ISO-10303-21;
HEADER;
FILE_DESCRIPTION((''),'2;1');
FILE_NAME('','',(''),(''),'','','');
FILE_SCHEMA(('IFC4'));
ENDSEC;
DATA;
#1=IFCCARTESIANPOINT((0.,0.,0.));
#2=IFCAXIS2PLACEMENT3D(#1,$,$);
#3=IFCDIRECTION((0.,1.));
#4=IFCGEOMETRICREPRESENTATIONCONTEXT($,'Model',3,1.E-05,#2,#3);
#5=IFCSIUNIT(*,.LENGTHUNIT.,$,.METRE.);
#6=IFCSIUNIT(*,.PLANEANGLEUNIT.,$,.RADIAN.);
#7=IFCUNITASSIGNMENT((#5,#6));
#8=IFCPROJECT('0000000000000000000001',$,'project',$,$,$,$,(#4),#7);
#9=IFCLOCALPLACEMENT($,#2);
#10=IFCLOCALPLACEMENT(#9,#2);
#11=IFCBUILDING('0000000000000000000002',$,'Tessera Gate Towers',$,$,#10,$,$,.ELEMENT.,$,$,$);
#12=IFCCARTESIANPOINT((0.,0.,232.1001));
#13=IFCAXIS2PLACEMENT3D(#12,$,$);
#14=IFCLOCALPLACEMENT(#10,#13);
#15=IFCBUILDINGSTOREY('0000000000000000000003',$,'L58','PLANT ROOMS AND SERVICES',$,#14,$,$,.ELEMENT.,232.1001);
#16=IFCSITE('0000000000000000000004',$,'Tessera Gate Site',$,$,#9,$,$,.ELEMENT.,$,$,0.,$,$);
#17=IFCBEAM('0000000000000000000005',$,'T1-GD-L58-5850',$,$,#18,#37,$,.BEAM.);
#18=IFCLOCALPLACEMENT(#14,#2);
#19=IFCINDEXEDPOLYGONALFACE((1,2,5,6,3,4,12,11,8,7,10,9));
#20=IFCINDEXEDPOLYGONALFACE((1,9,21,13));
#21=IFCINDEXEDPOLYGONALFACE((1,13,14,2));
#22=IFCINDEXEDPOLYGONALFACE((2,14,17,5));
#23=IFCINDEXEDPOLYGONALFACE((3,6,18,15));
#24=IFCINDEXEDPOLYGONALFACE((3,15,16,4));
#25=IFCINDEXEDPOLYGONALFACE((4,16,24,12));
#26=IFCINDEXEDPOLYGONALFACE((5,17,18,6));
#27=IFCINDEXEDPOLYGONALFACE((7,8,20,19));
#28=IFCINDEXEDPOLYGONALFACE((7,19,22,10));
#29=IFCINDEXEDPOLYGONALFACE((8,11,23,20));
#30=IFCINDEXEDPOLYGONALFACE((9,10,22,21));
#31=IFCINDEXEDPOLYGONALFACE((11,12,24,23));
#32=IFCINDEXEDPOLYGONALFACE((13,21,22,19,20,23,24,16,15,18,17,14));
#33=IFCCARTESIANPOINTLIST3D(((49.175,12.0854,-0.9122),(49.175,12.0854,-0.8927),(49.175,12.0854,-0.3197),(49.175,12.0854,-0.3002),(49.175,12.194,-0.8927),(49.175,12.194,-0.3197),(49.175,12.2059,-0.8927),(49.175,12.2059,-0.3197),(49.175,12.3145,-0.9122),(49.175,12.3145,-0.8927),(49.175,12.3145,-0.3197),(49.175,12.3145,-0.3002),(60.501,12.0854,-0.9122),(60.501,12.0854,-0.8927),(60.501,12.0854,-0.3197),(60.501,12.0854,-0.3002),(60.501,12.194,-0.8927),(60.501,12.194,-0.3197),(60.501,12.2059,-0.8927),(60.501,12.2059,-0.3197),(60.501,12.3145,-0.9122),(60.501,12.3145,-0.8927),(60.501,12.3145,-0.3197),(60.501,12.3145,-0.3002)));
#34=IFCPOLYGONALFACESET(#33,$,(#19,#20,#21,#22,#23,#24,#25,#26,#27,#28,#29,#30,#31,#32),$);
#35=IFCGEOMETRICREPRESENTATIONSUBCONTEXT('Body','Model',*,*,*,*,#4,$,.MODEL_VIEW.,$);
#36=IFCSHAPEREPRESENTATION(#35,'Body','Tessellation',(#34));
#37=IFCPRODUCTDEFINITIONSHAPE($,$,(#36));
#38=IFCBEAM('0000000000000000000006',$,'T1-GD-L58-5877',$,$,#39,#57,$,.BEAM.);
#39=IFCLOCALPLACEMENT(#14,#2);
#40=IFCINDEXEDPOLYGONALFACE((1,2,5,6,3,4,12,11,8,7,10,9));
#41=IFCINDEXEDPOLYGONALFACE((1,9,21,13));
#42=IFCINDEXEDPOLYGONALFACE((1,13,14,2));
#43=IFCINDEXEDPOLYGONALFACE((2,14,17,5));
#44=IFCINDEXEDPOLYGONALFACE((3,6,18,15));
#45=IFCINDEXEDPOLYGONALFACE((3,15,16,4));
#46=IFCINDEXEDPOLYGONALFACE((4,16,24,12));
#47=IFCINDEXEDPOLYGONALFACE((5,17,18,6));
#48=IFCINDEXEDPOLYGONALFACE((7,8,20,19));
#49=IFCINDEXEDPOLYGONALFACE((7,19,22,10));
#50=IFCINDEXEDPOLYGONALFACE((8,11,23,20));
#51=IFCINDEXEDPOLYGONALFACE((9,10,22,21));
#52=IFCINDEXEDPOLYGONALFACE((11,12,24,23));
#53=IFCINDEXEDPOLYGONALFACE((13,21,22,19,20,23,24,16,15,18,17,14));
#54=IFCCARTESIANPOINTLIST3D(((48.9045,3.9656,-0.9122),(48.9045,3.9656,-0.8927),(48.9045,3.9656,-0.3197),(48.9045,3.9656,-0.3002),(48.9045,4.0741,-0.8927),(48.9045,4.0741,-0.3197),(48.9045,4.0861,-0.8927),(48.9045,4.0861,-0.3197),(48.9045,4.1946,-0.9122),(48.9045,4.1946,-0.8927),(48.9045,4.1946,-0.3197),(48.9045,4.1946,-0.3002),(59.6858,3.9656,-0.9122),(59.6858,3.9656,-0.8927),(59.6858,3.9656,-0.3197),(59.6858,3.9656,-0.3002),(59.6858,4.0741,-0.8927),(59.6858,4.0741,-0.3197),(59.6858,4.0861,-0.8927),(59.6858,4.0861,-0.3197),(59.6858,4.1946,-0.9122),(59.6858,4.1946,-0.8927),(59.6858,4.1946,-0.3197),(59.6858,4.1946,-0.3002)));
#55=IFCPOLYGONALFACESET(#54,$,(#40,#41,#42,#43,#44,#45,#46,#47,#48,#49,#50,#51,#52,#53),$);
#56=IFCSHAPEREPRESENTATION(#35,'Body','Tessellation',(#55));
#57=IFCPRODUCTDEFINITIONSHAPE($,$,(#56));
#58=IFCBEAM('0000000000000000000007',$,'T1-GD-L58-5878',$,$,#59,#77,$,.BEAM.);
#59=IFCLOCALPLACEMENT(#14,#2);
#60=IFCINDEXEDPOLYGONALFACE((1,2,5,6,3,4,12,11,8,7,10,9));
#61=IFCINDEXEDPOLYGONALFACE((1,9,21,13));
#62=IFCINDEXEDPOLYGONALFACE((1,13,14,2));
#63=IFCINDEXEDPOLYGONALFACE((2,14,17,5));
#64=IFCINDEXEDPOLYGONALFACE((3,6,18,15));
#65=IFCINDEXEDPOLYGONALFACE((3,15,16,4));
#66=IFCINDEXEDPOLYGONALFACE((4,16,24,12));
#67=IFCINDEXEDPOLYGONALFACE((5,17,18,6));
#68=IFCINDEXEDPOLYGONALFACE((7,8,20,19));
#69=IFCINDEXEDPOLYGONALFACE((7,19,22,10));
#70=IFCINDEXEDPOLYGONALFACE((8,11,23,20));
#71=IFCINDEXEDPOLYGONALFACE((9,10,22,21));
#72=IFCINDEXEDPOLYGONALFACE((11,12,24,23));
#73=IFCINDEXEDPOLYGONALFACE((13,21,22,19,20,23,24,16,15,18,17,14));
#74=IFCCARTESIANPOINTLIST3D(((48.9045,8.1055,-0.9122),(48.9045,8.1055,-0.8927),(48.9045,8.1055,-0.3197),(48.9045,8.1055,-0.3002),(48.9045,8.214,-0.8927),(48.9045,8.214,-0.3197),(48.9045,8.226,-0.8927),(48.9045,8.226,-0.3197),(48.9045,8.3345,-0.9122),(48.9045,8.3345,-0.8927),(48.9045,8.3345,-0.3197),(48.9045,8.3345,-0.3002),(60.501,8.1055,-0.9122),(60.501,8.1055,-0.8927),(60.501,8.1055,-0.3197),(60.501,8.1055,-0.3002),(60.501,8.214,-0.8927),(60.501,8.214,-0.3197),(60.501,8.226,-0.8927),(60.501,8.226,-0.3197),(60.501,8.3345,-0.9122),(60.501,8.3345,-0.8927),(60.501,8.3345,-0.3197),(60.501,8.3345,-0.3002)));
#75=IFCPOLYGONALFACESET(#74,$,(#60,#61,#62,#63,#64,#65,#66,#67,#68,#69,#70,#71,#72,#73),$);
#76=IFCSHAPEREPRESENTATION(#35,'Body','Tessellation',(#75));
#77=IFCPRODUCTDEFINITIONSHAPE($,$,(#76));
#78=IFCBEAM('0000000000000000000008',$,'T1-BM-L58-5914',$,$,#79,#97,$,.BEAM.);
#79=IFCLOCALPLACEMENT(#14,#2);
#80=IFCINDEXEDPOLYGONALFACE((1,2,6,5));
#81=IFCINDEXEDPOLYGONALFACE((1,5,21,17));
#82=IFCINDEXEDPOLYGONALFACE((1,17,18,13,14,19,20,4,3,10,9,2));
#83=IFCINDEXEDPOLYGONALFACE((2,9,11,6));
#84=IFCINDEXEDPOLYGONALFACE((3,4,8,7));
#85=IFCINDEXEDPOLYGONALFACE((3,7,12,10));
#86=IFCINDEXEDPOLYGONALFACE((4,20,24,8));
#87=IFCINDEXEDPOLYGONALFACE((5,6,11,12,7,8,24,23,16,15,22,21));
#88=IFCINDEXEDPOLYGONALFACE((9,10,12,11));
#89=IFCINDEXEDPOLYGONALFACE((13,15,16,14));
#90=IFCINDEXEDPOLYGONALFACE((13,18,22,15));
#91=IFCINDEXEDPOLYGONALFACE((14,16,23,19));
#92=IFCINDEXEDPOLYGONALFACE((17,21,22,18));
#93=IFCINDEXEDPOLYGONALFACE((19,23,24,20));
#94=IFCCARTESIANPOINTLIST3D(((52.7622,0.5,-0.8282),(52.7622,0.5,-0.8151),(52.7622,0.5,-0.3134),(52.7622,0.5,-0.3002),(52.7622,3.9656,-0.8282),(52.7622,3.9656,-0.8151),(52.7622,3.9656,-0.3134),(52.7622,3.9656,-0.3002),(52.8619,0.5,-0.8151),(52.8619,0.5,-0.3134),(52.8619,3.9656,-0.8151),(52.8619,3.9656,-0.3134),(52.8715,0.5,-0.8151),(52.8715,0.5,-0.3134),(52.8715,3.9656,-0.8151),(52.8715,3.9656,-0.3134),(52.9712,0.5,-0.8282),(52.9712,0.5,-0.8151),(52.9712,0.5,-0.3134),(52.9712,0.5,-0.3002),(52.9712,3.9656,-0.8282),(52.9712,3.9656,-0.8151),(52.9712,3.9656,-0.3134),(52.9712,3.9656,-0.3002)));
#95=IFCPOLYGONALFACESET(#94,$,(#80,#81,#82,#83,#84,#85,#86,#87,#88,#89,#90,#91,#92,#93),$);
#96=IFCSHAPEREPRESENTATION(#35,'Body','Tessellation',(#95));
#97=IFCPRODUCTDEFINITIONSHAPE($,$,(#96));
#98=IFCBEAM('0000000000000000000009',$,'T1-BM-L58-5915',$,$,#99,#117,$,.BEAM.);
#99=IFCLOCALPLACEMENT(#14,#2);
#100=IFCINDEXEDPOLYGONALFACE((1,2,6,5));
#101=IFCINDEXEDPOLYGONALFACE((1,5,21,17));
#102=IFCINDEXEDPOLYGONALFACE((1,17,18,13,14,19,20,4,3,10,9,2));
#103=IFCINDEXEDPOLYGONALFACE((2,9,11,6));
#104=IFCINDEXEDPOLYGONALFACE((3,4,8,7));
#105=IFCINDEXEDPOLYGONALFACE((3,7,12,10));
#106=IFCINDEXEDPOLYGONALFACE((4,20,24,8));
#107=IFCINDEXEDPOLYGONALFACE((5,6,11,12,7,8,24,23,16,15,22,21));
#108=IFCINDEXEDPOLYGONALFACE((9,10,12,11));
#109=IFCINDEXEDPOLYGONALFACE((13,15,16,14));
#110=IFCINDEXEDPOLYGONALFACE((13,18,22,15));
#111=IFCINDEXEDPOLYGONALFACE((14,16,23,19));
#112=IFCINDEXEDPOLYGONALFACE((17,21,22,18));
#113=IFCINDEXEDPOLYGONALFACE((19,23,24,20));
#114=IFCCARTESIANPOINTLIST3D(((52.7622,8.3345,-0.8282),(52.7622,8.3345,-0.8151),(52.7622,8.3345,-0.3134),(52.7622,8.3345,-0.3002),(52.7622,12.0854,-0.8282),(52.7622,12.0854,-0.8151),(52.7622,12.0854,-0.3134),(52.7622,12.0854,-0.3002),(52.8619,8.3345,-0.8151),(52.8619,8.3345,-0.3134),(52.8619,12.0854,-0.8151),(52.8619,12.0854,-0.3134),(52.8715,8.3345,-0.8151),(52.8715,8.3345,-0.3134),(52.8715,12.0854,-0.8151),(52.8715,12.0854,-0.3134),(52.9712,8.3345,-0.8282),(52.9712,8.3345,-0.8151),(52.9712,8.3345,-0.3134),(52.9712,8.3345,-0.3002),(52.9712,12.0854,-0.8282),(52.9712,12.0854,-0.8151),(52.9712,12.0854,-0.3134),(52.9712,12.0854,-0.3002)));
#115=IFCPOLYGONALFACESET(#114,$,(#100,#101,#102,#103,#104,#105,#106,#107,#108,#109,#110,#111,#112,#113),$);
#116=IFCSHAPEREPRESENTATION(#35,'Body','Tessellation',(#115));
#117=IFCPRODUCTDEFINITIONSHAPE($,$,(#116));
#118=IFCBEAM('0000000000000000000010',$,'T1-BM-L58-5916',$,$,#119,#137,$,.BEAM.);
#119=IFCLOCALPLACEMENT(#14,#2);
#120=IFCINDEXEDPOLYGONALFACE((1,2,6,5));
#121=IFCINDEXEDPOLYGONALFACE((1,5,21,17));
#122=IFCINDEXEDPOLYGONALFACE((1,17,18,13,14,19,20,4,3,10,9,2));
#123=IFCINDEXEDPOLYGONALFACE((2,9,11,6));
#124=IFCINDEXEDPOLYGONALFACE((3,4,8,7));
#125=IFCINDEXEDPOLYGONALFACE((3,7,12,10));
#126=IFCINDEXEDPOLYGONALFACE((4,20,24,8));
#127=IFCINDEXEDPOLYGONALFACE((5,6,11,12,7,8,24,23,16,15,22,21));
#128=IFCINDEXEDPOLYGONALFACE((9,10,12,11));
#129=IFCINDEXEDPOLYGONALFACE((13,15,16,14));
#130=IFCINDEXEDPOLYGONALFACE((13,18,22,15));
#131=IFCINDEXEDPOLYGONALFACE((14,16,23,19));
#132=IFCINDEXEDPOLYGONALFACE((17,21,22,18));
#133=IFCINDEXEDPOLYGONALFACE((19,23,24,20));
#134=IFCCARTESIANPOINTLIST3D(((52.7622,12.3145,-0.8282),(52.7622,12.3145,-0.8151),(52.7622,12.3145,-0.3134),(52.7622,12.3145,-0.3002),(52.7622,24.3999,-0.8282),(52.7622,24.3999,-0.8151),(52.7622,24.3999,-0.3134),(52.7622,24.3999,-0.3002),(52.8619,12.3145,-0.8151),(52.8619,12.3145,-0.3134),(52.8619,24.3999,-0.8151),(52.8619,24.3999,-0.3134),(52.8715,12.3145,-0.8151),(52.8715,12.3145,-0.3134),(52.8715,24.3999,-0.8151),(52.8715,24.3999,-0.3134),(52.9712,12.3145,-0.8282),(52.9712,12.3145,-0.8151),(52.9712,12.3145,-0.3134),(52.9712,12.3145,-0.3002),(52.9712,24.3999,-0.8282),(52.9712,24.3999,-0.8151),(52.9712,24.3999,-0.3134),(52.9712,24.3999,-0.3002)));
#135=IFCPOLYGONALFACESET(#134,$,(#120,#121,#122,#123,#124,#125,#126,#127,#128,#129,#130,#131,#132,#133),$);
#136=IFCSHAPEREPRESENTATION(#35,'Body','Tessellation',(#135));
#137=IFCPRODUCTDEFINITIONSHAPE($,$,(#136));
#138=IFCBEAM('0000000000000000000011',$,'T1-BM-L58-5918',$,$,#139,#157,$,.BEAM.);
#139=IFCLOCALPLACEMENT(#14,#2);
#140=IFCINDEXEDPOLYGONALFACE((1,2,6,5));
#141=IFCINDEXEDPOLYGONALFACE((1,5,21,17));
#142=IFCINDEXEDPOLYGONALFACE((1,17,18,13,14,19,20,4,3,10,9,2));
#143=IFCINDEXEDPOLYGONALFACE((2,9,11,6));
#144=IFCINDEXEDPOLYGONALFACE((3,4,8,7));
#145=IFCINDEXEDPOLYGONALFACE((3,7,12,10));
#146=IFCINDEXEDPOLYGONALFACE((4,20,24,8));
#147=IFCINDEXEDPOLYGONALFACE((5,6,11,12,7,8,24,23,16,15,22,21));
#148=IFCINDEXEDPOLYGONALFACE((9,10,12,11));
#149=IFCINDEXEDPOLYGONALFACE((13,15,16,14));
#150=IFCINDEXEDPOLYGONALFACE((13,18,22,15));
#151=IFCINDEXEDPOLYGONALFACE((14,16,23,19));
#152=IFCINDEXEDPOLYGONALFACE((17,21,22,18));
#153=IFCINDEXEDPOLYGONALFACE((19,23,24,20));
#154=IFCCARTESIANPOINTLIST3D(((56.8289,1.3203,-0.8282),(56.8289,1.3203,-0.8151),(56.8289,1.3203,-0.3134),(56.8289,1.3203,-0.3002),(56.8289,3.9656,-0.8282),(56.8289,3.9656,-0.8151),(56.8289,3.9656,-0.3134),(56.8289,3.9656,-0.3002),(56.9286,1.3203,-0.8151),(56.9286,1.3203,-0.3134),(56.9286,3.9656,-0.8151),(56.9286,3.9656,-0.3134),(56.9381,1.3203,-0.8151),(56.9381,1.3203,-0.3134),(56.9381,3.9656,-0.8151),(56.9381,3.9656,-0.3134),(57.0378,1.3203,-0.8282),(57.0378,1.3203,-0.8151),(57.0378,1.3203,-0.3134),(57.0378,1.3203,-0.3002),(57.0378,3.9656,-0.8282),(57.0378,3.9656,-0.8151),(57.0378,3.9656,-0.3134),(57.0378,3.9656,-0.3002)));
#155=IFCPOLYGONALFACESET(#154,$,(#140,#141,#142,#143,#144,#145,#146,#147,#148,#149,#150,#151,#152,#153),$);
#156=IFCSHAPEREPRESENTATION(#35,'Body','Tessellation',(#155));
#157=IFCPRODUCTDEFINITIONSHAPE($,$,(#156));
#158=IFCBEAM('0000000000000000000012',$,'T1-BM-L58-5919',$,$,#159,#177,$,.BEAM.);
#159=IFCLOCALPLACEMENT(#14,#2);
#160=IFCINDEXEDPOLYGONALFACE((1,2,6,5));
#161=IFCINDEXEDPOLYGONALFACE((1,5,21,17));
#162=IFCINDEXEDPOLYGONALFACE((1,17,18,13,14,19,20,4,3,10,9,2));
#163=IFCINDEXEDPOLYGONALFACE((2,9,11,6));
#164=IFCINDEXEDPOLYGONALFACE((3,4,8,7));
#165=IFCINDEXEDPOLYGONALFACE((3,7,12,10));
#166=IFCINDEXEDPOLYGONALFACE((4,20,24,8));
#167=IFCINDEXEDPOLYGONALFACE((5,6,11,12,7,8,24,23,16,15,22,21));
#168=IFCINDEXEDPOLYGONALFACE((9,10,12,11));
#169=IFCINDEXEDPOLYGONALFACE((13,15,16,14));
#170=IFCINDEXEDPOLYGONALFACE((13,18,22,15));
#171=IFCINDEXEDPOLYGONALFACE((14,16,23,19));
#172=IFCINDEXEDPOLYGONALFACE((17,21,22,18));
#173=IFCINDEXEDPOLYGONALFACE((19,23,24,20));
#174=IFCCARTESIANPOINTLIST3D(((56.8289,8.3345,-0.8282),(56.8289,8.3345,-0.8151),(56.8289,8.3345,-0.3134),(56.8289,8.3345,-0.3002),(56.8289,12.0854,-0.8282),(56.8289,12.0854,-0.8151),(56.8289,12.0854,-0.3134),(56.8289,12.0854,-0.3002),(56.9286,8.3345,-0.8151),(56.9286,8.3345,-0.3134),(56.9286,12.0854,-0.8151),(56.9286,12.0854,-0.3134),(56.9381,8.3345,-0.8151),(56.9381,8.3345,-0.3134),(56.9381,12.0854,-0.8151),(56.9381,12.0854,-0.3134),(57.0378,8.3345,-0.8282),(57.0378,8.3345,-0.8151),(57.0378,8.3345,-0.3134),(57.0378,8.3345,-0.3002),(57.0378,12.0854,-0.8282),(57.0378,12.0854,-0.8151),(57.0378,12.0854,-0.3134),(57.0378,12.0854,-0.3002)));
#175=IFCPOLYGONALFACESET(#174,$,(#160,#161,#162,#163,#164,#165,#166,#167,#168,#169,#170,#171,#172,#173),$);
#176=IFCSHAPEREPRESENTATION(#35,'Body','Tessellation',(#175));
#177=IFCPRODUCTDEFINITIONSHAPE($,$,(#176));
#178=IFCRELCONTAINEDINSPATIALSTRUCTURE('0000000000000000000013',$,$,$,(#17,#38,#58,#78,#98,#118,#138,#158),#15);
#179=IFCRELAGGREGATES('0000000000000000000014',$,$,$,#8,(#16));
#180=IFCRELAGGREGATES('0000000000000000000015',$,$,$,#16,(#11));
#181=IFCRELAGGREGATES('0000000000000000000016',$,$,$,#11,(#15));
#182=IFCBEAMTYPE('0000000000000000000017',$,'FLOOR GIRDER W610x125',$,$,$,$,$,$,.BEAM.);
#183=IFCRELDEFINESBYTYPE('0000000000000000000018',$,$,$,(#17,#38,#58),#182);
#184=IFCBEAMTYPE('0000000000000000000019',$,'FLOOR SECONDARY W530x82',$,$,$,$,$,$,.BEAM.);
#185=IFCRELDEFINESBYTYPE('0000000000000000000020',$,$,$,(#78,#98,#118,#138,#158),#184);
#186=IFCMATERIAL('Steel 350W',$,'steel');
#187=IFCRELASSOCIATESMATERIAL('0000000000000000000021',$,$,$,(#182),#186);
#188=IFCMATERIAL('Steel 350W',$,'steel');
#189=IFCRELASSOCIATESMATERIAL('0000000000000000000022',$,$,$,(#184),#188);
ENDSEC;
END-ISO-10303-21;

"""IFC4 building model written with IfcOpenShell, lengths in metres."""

from ifc_helpers import new_model, si_unit, direction, frame, origin, origin_2d, place, context, subcontext, project, spatial, i_section, extrude, material, material_profile, profile_set, type_object, element, save


model = new_model("IFC4")

# Units and contexts
model_context = context("Model", 3, precision=1e-05, world=origin(), true_north=direction((0.0, 1.0)))
body_context = subcontext(model_context, "Body", "Model", "MODEL_VIEW")
ifc_project = project(units=[si_unit("LENGTHUNIT", "METRE"), si_unit("PLANEANGLEUNIT", "RADIAN")], contexts=[model_context])

# Site, building, storey
site_placement = place(None, origin())
site = spatial("IfcSite", under=ifc_project, at=site_placement, Name="Tessera Gate Site", CompositionType="ELEMENT", RefElevation=0.0)
building_placement = place(site_placement, origin())
building = spatial("IfcBuilding", under=site, at=building_placement, Name="Tessera Gate Towers", CompositionType="ELEMENT")
storey_placement = place(building_placement, frame((0.0, 0.0, 232.1001)))
storey = spatial("IfcBuildingStorey", under=building, at=storey_placement, Name="L58", Description="PLANT ROOMS AND SERVICES", CompositionType="ELEMENT", Elevation=232.1001)

# Beams
ifc_material_1 = material(Name="Steel 350W", Category="steel")
ifc_material_profile_1 = material_profile(ifc_material_1, i_section(OverallWidth=0.229, OverallDepth=0.6121, WebThickness=0.012, FlangeThickness=0.0195, at=origin_2d()), Name="W610x125")
ifc_profile_set_1 = profile_set([ifc_material_profile_1], Name="Steel 350W")
beam_type_1 = type_object("IfcBeamType", Name="FLOOR GIRDER W610x125", PredefinedType="BEAM", material=ifc_profile_set_1)
beam_1_placement = place(storey_placement, frame((49.175, 12.2, -0.6062), z_axis=(1.0, 0.0, 0.0), x_axis=(0.0, 1.0, 0.0)))
element("IfcBeam", 1, at=beam_1_placement, inside=storey, type_object=beam_type_1, Name="T1-GD-L58-5850", PredefinedType="BEAM", context=body_context, shape_type="SweptSolid", body=[
    extrude(i_section(OverallWidth=0.229, OverallDepth=0.6121, WebThickness=0.012, FlangeThickness=0.0195, at=origin_2d()), origin(), (0.0, 0.0, 1.0), 11.3259),
])
beam_2_placement = place(storey_placement, frame((48.9045, 4.0801, -0.6062), z_axis=(1.0, 0.0, 0.0), x_axis=(0.0, 1.0, 0.0)))
element("IfcBeam", 2, at=beam_2_placement, inside=storey, type_object=beam_type_1, Name="T1-GD-L58-5877", PredefinedType="BEAM", context=body_context, shape_type="SweptSolid", body=[
    extrude(i_section(OverallWidth=0.229, OverallDepth=0.6121, WebThickness=0.012, FlangeThickness=0.0195, at=origin_2d()), origin(), (0.0, 0.0, 1.0), 10.7812),
])
beam_3_placement = place(storey_placement, frame((48.9045, 8.22, -0.6062), z_axis=(1.0, 0.0, 0.0), x_axis=(0.0, 1.0, 0.0)))
element("IfcBeam", 3, at=beam_3_placement, inside=storey, type_object=beam_type_1, Name="T1-GD-L58-5878", PredefinedType="BEAM", context=body_context, shape_type="SweptSolid", body=[
    extrude(i_section(OverallWidth=0.229, OverallDepth=0.6121, WebThickness=0.012, FlangeThickness=0.0195, at=origin_2d()), origin(), (0.0, 0.0, 1.0), 11.5964),
])
ifc_material_2 = material(Name="Steel 350W", Category="steel")
ifc_material_profile_2 = material_profile(ifc_material_2, i_section(OverallWidth=0.209, OverallDepth=0.5281, WebThickness=0.0095, FlangeThickness=0.0132, at=origin_2d()), Name="W530x82")
ifc_profile_set_2 = profile_set([ifc_material_profile_2], Name="Steel 350W")
beam_type_2 = type_object("IfcBeamType", Name="FLOOR SECONDARY W530x82", PredefinedType="BEAM", material=ifc_profile_set_2)
beam_4_placement = place(storey_placement, frame((52.8667, 0.5, -0.5642), z_axis=(0.0, 1.0, 0.0), x_axis=(-1.0, 0.0, 0.0)))
element("IfcBeam", 4, at=beam_4_placement, inside=storey, type_object=beam_type_2, Name="T1-BM-L58-5914", PredefinedType="BEAM", context=body_context, shape_type="SweptSolid", body=[
    extrude(i_section(OverallWidth=0.209, OverallDepth=0.5281, WebThickness=0.0095, FlangeThickness=0.0132, at=origin_2d()), origin(), (0.0, 0.0, 1.0), 3.4656),
])
beam_5_placement = place(storey_placement, frame((52.8667, 8.3345, -0.5642), z_axis=(0.0, 1.0, 0.0), x_axis=(-1.0, 0.0, 0.0)))
element("IfcBeam", 5, at=beam_5_placement, inside=storey, type_object=beam_type_2, Name="T1-BM-L58-5915", PredefinedType="BEAM", context=body_context, shape_type="SweptSolid", body=[
    extrude(i_section(OverallWidth=0.209, OverallDepth=0.5281, WebThickness=0.0095, FlangeThickness=0.0132, at=origin_2d()), origin(), (0.0, 0.0, 1.0), 3.751),
])
beam_6_placement = place(storey_placement, frame((52.8667, 12.3145, -0.5642), z_axis=(0.0, 1.0, 0.0), x_axis=(-1.0, 0.0, 0.0)))
element("IfcBeam", 6, at=beam_6_placement, inside=storey, type_object=beam_type_2, Name="T1-BM-L58-5916", PredefinedType="BEAM", context=body_context, shape_type="SweptSolid", body=[
    extrude(i_section(OverallWidth=0.209, OverallDepth=0.5281, WebThickness=0.0095, FlangeThickness=0.0132, at=origin_2d()), origin(), (0.0, 0.0, 1.0), 12.0854),
])
beam_7_placement = place(storey_placement, frame((56.9333, 1.3203, -0.5642), z_axis=(0.0, 1.0, 0.0), x_axis=(-1.0, 0.0, 0.0)))
element("IfcBeam", 7, at=beam_7_placement, inside=storey, type_object=beam_type_2, Name="T1-BM-L58-5918", PredefinedType="BEAM", context=body_context, shape_type="SweptSolid", body=[
    extrude(i_section(OverallWidth=0.209, OverallDepth=0.5281, WebThickness=0.0095, FlangeThickness=0.0132, at=origin_2d()), origin(), (0.0, 0.0, 1.0), 2.6453),
])
beam_8_placement = place(storey_placement, frame((56.9333, 8.3345, -0.5642), z_axis=(0.0, 1.0, 0.0), x_axis=(-1.0, 0.0, 0.0)))
element("IfcBeam", 8, at=beam_8_placement, inside=storey, type_object=beam_type_2, Name="T1-BM-L58-5919", PredefinedType="BEAM", context=body_context, shape_type="SweptSolid", body=[
    extrude(i_section(OverallWidth=0.209, OverallDepth=0.5281, WebThickness=0.0095, FlangeThickness=0.0132, at=origin_2d()), origin(), (0.0, 0.0, 1.0), 3.751),
])

save(model, "model.ifc")
